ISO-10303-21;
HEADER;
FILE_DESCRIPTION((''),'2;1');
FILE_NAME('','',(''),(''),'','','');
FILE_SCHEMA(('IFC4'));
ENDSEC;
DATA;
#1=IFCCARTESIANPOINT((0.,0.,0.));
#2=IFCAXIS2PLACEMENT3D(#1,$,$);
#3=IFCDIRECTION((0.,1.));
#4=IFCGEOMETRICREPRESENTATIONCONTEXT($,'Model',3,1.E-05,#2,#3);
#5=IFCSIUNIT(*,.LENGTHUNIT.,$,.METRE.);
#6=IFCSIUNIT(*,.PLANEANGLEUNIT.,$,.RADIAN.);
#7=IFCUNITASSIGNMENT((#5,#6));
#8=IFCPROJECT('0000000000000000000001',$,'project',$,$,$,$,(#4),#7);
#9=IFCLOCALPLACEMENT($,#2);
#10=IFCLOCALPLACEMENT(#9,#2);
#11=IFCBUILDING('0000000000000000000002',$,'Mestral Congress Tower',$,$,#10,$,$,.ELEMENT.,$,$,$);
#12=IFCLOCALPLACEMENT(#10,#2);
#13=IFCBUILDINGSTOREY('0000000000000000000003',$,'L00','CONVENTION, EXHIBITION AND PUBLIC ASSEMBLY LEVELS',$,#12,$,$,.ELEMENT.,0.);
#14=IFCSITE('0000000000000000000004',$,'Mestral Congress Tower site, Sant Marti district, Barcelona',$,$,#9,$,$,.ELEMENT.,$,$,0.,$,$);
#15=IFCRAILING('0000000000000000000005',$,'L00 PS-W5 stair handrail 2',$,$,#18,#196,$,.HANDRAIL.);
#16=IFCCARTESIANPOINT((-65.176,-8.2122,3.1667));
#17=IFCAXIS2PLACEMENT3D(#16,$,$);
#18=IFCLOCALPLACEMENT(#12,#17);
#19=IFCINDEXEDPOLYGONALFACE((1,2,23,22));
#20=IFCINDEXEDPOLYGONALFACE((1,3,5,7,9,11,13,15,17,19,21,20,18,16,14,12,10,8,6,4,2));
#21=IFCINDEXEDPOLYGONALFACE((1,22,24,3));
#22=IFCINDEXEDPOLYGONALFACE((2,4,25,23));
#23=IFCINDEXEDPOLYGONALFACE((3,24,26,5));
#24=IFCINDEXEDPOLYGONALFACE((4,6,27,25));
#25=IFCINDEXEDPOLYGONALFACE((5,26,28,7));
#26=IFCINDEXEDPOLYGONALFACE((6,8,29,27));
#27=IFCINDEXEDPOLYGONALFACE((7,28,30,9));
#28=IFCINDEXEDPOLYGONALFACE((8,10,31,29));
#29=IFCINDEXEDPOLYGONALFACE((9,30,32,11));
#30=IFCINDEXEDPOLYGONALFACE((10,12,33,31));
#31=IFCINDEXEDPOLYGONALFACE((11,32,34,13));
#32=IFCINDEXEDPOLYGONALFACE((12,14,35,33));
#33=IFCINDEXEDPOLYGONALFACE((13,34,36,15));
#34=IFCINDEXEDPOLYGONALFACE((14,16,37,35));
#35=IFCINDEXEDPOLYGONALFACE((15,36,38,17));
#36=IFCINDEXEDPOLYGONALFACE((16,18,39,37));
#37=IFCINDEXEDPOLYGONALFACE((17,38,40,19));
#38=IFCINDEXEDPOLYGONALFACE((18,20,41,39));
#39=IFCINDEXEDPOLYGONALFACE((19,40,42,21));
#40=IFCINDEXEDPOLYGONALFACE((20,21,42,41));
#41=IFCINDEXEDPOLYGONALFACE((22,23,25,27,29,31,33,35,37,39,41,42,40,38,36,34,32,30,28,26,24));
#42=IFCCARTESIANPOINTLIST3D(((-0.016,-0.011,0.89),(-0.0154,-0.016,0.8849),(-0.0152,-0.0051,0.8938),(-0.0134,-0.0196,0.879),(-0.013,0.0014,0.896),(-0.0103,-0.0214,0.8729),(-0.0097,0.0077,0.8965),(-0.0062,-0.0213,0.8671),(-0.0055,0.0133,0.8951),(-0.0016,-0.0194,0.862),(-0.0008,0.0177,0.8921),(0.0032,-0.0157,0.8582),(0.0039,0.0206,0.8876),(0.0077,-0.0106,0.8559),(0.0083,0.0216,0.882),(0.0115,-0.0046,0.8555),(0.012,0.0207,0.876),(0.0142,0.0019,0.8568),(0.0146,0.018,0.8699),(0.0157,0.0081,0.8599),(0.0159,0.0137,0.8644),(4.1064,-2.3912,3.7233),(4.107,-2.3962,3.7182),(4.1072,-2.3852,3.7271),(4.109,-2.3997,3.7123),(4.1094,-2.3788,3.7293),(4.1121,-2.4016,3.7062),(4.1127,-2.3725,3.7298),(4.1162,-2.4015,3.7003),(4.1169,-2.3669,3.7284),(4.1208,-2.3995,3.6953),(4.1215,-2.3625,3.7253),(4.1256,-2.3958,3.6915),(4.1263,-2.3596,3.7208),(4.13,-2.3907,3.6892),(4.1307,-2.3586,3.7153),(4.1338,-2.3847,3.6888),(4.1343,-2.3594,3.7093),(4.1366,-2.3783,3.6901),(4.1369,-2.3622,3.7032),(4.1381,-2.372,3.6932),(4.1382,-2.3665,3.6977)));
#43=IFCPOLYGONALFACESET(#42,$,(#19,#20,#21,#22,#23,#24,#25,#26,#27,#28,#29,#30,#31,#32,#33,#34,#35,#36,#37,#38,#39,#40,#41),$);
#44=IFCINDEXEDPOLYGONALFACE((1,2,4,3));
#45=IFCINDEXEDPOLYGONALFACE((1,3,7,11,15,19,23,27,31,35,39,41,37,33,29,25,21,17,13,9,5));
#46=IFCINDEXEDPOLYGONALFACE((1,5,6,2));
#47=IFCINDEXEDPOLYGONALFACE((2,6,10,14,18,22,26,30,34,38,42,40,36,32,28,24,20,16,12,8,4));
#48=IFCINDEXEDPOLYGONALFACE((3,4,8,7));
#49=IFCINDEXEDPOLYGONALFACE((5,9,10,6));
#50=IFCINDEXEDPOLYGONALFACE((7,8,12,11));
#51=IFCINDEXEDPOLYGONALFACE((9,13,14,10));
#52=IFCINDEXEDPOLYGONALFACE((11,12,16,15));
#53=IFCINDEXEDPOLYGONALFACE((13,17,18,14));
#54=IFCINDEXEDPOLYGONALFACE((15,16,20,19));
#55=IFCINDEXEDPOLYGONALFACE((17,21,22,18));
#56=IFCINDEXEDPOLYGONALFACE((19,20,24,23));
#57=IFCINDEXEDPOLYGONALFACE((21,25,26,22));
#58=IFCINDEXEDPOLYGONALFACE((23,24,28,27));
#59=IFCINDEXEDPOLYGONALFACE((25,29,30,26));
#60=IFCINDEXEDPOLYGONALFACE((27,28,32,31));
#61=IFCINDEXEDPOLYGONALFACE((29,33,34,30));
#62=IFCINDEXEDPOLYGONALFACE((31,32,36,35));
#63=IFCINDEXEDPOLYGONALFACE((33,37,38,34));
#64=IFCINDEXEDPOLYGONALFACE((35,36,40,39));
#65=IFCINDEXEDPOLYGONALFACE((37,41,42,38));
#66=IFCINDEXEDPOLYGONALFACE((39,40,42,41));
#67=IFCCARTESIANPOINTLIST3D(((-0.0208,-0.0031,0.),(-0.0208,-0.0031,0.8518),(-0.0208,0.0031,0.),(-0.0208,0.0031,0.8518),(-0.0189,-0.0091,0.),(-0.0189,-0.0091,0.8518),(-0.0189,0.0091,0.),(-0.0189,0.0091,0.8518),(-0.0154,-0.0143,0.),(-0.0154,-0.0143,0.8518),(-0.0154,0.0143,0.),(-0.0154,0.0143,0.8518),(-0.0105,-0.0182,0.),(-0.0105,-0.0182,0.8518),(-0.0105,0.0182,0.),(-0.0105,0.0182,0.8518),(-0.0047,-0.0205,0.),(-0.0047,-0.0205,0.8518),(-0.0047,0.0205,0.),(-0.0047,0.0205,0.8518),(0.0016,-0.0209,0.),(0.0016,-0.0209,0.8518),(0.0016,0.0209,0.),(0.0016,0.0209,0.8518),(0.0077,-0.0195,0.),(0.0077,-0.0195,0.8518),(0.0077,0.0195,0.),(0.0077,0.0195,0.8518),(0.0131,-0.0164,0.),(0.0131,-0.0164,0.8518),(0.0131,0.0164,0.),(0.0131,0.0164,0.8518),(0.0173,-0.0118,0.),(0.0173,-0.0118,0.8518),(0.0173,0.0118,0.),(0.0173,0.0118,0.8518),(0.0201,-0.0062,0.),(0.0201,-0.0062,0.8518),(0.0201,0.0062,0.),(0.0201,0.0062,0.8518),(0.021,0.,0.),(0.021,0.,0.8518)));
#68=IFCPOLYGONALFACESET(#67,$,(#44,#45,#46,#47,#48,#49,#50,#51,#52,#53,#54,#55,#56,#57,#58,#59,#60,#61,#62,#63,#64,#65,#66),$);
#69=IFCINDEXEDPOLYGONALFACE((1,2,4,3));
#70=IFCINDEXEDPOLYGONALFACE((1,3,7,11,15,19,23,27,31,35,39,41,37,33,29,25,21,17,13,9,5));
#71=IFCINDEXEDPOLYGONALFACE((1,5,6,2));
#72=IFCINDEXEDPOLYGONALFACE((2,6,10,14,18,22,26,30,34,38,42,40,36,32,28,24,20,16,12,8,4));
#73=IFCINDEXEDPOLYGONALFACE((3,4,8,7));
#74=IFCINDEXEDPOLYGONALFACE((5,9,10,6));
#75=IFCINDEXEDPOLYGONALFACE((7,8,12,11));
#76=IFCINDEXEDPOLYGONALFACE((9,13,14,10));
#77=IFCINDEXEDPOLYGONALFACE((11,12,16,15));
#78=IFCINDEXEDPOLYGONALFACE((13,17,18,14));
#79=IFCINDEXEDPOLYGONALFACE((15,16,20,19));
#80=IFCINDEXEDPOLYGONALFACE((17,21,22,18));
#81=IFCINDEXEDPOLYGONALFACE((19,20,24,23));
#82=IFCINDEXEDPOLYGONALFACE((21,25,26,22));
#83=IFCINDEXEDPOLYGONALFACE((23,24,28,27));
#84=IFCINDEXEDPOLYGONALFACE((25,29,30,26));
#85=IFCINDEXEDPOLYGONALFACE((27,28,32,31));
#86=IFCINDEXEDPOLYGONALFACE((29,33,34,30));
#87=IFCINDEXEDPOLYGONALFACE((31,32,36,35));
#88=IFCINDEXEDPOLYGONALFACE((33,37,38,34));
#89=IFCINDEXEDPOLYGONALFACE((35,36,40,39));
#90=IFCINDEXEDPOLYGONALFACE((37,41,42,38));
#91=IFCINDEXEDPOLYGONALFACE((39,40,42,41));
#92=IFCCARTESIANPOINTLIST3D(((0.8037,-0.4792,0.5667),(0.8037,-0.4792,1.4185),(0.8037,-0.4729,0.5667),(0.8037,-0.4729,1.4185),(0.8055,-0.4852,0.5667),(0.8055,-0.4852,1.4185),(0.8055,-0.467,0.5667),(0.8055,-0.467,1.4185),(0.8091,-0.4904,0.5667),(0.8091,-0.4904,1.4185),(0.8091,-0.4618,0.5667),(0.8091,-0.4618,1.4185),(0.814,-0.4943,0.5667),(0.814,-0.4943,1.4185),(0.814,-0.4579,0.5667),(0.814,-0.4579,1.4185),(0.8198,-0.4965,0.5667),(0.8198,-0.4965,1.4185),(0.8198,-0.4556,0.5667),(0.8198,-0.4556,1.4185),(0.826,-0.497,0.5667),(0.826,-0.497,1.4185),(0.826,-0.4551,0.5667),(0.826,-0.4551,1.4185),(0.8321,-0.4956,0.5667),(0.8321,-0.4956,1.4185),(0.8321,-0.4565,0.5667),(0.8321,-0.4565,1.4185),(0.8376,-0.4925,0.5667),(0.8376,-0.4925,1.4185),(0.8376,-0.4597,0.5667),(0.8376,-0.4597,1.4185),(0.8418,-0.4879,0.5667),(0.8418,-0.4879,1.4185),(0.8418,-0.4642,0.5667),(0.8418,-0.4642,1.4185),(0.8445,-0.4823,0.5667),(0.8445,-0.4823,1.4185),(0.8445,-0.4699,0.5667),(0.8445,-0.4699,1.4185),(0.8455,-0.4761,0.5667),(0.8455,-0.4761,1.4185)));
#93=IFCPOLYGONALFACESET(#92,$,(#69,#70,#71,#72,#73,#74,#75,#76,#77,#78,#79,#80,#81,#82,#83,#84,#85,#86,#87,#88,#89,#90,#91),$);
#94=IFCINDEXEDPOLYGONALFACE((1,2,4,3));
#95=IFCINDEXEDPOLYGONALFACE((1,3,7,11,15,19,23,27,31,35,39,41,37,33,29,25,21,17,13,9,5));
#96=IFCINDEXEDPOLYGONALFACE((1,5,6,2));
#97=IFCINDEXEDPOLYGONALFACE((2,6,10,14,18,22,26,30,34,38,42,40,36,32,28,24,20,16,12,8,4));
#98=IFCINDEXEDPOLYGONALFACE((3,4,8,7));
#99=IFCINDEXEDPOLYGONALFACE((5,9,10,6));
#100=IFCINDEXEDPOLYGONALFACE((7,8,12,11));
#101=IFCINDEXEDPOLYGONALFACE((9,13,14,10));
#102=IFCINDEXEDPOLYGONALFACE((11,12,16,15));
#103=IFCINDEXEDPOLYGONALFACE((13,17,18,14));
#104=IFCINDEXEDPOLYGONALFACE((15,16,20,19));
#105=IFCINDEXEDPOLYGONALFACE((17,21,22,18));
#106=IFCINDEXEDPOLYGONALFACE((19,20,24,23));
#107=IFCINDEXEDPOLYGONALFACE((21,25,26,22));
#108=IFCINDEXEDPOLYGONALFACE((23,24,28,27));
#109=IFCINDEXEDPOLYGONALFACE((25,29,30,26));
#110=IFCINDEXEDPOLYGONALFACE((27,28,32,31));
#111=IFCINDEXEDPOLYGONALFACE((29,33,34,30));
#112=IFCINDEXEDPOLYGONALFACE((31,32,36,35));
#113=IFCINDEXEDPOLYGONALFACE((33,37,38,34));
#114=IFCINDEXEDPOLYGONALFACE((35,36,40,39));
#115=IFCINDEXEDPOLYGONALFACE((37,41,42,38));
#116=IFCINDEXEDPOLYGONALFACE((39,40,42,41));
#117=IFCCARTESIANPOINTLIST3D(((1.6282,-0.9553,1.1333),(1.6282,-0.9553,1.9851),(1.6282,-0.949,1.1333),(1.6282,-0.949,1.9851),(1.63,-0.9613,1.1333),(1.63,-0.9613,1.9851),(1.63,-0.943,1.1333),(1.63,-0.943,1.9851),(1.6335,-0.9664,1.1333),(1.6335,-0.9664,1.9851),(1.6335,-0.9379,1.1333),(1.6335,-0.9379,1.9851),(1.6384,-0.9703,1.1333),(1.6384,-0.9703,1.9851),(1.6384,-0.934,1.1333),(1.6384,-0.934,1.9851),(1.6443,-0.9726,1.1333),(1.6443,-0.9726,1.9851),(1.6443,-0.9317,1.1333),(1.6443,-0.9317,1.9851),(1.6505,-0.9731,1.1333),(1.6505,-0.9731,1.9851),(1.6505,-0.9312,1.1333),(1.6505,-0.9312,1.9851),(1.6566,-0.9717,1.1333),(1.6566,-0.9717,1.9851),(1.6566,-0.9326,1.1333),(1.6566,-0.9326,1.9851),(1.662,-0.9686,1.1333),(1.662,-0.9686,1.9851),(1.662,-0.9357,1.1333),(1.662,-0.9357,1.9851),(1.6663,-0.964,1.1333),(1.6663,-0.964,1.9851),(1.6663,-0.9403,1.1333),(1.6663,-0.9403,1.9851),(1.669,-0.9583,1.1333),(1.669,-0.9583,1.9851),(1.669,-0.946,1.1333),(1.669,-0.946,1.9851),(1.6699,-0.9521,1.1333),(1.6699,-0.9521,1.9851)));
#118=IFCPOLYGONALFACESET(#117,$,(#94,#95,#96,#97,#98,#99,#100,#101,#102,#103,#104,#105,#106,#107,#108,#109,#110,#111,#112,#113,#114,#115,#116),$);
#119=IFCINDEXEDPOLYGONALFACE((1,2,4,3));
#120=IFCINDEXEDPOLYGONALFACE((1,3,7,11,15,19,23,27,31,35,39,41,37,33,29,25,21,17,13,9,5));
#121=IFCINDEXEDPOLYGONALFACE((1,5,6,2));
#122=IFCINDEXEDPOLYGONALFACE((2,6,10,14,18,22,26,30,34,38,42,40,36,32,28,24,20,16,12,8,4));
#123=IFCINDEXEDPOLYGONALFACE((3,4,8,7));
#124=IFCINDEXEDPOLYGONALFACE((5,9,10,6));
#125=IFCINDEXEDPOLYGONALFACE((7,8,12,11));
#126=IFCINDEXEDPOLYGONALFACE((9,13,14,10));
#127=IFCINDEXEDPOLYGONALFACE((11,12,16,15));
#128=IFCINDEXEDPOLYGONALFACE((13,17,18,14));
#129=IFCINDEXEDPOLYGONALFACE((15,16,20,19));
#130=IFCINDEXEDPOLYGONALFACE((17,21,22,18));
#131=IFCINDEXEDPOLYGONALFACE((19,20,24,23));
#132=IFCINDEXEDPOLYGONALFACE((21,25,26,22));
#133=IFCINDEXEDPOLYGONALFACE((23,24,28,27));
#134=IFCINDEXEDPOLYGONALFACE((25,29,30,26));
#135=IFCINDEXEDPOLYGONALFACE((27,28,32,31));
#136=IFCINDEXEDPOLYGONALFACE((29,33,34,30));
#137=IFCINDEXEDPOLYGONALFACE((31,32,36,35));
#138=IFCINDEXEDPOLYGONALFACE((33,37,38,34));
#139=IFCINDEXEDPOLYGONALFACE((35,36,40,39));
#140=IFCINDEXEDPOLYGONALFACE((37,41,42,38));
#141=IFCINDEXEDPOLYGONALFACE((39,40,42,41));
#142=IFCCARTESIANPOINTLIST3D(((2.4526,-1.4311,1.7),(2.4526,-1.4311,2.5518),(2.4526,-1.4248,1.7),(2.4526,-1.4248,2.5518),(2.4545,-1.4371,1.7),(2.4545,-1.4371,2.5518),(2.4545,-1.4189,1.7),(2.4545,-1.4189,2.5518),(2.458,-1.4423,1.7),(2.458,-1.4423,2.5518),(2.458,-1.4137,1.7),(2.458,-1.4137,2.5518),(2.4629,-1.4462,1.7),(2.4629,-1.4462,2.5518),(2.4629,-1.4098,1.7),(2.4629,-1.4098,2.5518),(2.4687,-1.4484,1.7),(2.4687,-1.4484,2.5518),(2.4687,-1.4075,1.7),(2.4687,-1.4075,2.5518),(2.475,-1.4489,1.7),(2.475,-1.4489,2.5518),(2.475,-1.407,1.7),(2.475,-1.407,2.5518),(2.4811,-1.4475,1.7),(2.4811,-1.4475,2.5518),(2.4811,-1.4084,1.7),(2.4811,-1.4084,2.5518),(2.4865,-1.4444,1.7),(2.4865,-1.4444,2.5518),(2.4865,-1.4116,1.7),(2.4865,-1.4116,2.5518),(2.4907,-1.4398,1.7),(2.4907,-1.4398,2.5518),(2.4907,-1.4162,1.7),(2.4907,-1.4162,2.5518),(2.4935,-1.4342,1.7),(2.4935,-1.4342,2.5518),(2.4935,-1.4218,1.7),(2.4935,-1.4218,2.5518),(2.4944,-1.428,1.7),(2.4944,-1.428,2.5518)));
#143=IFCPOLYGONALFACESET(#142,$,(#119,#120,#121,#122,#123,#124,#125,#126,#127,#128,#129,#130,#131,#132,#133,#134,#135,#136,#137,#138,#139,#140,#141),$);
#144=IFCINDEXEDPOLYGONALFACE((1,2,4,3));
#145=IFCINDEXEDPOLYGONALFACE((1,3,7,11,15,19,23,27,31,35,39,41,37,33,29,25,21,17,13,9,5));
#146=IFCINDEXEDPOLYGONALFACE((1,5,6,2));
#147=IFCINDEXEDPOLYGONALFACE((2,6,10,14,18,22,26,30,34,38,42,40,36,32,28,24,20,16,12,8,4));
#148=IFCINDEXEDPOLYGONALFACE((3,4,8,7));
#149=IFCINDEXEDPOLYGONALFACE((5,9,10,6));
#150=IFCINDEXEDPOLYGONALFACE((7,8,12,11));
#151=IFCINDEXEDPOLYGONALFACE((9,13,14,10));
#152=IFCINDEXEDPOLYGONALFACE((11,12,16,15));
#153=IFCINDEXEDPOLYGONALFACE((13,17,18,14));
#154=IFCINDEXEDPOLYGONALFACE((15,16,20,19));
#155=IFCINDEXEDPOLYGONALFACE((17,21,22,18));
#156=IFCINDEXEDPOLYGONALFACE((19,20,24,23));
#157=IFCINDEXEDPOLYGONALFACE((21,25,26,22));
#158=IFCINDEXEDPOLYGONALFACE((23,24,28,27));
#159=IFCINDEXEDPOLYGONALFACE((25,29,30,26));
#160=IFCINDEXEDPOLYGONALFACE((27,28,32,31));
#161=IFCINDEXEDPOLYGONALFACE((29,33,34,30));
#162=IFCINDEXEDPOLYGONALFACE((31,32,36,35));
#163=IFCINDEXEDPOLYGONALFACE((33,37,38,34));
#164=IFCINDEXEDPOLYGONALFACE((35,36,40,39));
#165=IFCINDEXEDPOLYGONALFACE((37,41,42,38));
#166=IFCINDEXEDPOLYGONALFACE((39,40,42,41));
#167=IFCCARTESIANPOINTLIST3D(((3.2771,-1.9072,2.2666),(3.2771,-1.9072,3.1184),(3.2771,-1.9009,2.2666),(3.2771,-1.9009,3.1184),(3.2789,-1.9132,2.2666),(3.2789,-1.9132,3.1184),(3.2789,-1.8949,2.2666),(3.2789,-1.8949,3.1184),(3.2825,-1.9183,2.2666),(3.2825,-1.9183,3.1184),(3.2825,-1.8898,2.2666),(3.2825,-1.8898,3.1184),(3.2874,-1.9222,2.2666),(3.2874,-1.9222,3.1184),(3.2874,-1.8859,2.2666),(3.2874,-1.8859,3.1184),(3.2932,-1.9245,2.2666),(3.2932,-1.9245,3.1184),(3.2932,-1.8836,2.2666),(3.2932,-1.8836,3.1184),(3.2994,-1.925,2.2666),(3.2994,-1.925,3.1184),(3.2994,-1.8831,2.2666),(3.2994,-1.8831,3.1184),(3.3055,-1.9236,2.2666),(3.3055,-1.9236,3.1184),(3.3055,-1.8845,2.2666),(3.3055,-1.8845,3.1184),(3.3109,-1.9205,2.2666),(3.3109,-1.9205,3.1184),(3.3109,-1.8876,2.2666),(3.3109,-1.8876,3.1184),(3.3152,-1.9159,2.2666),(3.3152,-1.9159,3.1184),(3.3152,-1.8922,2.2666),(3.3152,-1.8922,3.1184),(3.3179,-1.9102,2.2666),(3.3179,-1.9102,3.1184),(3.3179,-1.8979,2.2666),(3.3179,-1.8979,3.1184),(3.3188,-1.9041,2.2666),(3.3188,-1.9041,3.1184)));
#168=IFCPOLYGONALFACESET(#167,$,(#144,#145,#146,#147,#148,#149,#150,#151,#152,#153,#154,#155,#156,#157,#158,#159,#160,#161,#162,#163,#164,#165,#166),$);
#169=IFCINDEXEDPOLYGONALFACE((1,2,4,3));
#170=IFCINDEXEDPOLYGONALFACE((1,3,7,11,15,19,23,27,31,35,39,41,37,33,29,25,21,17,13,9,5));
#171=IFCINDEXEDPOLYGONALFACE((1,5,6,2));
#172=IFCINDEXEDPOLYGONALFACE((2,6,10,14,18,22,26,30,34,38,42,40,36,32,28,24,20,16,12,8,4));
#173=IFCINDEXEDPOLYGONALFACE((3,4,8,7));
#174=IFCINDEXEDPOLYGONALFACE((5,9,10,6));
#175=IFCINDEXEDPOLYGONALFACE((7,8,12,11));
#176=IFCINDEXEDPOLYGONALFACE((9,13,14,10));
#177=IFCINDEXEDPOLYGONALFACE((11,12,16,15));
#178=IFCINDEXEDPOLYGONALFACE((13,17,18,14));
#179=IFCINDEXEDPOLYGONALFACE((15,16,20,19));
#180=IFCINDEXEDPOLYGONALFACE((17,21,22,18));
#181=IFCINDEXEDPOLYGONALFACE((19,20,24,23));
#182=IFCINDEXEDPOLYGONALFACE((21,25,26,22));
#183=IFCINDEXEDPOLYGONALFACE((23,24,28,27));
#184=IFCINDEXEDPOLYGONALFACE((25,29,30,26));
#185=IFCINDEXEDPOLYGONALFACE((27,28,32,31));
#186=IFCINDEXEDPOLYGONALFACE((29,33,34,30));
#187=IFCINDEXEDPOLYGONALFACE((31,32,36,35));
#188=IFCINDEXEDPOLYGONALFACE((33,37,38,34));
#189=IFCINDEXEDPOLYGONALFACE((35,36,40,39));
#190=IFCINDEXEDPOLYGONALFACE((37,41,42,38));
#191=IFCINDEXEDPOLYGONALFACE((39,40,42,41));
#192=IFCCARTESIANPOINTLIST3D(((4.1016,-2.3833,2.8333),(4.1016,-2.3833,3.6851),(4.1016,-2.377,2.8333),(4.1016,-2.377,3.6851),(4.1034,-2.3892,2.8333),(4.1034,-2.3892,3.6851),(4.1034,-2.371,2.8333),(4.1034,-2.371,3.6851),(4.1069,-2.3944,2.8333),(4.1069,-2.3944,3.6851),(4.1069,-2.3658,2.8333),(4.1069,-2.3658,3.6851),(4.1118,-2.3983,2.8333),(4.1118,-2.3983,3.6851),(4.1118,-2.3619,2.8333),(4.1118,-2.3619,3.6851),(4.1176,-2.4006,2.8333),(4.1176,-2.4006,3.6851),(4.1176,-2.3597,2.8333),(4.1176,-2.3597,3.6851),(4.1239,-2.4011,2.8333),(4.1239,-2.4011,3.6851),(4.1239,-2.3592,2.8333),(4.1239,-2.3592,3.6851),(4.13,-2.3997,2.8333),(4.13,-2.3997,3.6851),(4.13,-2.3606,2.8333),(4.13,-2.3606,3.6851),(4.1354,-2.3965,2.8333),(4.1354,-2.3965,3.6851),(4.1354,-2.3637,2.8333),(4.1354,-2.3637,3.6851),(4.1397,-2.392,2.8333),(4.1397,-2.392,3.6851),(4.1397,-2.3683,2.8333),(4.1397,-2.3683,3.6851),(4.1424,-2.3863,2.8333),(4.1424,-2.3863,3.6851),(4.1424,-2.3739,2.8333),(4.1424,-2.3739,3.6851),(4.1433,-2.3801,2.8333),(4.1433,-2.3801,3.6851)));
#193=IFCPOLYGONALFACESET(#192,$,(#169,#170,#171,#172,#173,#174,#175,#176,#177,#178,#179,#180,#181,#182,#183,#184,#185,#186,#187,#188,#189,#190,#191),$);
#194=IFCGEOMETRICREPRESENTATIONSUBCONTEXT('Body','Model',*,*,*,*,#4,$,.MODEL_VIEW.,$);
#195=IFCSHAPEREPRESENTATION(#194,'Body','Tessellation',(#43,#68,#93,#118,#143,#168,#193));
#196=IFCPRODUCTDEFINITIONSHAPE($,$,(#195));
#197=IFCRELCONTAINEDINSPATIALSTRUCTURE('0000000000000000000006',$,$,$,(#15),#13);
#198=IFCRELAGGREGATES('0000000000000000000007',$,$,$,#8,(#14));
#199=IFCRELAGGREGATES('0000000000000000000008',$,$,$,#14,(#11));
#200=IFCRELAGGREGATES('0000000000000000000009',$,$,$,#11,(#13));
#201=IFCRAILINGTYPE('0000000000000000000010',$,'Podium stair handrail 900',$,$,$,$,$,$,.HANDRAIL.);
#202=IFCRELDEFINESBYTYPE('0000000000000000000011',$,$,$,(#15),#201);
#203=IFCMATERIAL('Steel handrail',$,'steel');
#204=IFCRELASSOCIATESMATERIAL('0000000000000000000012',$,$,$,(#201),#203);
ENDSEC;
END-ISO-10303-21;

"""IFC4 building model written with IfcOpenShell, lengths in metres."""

from ifc_helpers import new_model, si_unit, direction, frame, origin, origin_2d, place, context, subcontext, project, spatial, circle, extrude, material, type_object, element, save


model = new_model("IFC4")

# Units and contexts
model_context = context("Model", 3, precision=1e-05, world=origin(), true_north=direction((0.0, 1.0)))
body_context = subcontext(model_context, "Body", "Model", "MODEL_VIEW")
ifc_project = project(units=[si_unit("LENGTHUNIT", "METRE"), si_unit("PLANEANGLEUNIT", "RADIAN")], contexts=[model_context])

# Site, building, storey
site_placement = place(None, origin())
site = spatial("IfcSite", under=ifc_project, at=site_placement, Name="Mestral Congress Tower site, Sant Marti district, Barcelona", CompositionType="ELEMENT", RefElevation=0.0)
building_placement = place(site_placement, origin())
building = spatial("IfcBuilding", under=site, at=building_placement, Name="Mestral Congress Tower", CompositionType="ELEMENT")
storey_placement = place(building_placement, origin())
storey = spatial("IfcBuildingStorey", under=building, at=storey_placement, Name="L00", Description="CONVENTION, EXHIBITION AND PUBLIC ASSEMBLY LEVELS", CompositionType="ELEMENT", Elevation=0.0)

# Railing
ifc_material_1 = material(Name="Steel handrail", Category="steel")
railing_type_1 = type_object("IfcRailingType", Name="Podium stair handrail 900", PredefinedType="HANDRAIL", material=ifc_material_1)
railing_1_placement = place(storey_placement, frame((-65.176, -8.2122, 3.1667)))
element("IfcRailing", 1, at=railing_1_placement, inside=storey, type_object=railing_type_1, Name="L00 PS-W5 stair handrail 2", PredefinedType="HANDRAIL", context=body_context, shape_type="SweptSolid", body=[
    extrude(circle(Radius=0.0239, at=origin_2d()), frame((0.0, 0.0, 0.876), z_axis=(0.74417, -0.429666, 0.511466), x_axis=(0.500017, 0.866016, 0.0)), (0.0, 0.0, 1.0), 5.5396),
    extrude(circle(Radius=0.021, at=origin_2d()), origin(), (0.0, 0.0, 1.0), 0.8518),
    extrude(circle(Radius=0.021, at=origin_2d()), frame((0.8245, -0.4761, 0.5667)), (0.0, 0.0, 1.0), 0.8518),
    extrude(circle(Radius=0.021, at=origin_2d()), frame((1.6489, -0.9521, 1.1333)), (0.0, 0.0, 1.0), 0.8518),
    extrude(circle(Radius=0.021, at=origin_2d()), frame((2.4734, -1.428, 1.7)), (0.0, 0.0, 1.0), 0.8518),
    extrude(circle(Radius=0.021, at=origin_2d()), frame((3.2979, -1.9041, 2.2666)), (0.0, 0.0, 1.0), 0.8518),
    extrude(circle(Radius=0.021, at=origin_2d()), frame((4.1223, -2.3801, 2.8333)), (0.0, 0.0, 1.0), 0.8518),
])

save(model, "model.ifc")
